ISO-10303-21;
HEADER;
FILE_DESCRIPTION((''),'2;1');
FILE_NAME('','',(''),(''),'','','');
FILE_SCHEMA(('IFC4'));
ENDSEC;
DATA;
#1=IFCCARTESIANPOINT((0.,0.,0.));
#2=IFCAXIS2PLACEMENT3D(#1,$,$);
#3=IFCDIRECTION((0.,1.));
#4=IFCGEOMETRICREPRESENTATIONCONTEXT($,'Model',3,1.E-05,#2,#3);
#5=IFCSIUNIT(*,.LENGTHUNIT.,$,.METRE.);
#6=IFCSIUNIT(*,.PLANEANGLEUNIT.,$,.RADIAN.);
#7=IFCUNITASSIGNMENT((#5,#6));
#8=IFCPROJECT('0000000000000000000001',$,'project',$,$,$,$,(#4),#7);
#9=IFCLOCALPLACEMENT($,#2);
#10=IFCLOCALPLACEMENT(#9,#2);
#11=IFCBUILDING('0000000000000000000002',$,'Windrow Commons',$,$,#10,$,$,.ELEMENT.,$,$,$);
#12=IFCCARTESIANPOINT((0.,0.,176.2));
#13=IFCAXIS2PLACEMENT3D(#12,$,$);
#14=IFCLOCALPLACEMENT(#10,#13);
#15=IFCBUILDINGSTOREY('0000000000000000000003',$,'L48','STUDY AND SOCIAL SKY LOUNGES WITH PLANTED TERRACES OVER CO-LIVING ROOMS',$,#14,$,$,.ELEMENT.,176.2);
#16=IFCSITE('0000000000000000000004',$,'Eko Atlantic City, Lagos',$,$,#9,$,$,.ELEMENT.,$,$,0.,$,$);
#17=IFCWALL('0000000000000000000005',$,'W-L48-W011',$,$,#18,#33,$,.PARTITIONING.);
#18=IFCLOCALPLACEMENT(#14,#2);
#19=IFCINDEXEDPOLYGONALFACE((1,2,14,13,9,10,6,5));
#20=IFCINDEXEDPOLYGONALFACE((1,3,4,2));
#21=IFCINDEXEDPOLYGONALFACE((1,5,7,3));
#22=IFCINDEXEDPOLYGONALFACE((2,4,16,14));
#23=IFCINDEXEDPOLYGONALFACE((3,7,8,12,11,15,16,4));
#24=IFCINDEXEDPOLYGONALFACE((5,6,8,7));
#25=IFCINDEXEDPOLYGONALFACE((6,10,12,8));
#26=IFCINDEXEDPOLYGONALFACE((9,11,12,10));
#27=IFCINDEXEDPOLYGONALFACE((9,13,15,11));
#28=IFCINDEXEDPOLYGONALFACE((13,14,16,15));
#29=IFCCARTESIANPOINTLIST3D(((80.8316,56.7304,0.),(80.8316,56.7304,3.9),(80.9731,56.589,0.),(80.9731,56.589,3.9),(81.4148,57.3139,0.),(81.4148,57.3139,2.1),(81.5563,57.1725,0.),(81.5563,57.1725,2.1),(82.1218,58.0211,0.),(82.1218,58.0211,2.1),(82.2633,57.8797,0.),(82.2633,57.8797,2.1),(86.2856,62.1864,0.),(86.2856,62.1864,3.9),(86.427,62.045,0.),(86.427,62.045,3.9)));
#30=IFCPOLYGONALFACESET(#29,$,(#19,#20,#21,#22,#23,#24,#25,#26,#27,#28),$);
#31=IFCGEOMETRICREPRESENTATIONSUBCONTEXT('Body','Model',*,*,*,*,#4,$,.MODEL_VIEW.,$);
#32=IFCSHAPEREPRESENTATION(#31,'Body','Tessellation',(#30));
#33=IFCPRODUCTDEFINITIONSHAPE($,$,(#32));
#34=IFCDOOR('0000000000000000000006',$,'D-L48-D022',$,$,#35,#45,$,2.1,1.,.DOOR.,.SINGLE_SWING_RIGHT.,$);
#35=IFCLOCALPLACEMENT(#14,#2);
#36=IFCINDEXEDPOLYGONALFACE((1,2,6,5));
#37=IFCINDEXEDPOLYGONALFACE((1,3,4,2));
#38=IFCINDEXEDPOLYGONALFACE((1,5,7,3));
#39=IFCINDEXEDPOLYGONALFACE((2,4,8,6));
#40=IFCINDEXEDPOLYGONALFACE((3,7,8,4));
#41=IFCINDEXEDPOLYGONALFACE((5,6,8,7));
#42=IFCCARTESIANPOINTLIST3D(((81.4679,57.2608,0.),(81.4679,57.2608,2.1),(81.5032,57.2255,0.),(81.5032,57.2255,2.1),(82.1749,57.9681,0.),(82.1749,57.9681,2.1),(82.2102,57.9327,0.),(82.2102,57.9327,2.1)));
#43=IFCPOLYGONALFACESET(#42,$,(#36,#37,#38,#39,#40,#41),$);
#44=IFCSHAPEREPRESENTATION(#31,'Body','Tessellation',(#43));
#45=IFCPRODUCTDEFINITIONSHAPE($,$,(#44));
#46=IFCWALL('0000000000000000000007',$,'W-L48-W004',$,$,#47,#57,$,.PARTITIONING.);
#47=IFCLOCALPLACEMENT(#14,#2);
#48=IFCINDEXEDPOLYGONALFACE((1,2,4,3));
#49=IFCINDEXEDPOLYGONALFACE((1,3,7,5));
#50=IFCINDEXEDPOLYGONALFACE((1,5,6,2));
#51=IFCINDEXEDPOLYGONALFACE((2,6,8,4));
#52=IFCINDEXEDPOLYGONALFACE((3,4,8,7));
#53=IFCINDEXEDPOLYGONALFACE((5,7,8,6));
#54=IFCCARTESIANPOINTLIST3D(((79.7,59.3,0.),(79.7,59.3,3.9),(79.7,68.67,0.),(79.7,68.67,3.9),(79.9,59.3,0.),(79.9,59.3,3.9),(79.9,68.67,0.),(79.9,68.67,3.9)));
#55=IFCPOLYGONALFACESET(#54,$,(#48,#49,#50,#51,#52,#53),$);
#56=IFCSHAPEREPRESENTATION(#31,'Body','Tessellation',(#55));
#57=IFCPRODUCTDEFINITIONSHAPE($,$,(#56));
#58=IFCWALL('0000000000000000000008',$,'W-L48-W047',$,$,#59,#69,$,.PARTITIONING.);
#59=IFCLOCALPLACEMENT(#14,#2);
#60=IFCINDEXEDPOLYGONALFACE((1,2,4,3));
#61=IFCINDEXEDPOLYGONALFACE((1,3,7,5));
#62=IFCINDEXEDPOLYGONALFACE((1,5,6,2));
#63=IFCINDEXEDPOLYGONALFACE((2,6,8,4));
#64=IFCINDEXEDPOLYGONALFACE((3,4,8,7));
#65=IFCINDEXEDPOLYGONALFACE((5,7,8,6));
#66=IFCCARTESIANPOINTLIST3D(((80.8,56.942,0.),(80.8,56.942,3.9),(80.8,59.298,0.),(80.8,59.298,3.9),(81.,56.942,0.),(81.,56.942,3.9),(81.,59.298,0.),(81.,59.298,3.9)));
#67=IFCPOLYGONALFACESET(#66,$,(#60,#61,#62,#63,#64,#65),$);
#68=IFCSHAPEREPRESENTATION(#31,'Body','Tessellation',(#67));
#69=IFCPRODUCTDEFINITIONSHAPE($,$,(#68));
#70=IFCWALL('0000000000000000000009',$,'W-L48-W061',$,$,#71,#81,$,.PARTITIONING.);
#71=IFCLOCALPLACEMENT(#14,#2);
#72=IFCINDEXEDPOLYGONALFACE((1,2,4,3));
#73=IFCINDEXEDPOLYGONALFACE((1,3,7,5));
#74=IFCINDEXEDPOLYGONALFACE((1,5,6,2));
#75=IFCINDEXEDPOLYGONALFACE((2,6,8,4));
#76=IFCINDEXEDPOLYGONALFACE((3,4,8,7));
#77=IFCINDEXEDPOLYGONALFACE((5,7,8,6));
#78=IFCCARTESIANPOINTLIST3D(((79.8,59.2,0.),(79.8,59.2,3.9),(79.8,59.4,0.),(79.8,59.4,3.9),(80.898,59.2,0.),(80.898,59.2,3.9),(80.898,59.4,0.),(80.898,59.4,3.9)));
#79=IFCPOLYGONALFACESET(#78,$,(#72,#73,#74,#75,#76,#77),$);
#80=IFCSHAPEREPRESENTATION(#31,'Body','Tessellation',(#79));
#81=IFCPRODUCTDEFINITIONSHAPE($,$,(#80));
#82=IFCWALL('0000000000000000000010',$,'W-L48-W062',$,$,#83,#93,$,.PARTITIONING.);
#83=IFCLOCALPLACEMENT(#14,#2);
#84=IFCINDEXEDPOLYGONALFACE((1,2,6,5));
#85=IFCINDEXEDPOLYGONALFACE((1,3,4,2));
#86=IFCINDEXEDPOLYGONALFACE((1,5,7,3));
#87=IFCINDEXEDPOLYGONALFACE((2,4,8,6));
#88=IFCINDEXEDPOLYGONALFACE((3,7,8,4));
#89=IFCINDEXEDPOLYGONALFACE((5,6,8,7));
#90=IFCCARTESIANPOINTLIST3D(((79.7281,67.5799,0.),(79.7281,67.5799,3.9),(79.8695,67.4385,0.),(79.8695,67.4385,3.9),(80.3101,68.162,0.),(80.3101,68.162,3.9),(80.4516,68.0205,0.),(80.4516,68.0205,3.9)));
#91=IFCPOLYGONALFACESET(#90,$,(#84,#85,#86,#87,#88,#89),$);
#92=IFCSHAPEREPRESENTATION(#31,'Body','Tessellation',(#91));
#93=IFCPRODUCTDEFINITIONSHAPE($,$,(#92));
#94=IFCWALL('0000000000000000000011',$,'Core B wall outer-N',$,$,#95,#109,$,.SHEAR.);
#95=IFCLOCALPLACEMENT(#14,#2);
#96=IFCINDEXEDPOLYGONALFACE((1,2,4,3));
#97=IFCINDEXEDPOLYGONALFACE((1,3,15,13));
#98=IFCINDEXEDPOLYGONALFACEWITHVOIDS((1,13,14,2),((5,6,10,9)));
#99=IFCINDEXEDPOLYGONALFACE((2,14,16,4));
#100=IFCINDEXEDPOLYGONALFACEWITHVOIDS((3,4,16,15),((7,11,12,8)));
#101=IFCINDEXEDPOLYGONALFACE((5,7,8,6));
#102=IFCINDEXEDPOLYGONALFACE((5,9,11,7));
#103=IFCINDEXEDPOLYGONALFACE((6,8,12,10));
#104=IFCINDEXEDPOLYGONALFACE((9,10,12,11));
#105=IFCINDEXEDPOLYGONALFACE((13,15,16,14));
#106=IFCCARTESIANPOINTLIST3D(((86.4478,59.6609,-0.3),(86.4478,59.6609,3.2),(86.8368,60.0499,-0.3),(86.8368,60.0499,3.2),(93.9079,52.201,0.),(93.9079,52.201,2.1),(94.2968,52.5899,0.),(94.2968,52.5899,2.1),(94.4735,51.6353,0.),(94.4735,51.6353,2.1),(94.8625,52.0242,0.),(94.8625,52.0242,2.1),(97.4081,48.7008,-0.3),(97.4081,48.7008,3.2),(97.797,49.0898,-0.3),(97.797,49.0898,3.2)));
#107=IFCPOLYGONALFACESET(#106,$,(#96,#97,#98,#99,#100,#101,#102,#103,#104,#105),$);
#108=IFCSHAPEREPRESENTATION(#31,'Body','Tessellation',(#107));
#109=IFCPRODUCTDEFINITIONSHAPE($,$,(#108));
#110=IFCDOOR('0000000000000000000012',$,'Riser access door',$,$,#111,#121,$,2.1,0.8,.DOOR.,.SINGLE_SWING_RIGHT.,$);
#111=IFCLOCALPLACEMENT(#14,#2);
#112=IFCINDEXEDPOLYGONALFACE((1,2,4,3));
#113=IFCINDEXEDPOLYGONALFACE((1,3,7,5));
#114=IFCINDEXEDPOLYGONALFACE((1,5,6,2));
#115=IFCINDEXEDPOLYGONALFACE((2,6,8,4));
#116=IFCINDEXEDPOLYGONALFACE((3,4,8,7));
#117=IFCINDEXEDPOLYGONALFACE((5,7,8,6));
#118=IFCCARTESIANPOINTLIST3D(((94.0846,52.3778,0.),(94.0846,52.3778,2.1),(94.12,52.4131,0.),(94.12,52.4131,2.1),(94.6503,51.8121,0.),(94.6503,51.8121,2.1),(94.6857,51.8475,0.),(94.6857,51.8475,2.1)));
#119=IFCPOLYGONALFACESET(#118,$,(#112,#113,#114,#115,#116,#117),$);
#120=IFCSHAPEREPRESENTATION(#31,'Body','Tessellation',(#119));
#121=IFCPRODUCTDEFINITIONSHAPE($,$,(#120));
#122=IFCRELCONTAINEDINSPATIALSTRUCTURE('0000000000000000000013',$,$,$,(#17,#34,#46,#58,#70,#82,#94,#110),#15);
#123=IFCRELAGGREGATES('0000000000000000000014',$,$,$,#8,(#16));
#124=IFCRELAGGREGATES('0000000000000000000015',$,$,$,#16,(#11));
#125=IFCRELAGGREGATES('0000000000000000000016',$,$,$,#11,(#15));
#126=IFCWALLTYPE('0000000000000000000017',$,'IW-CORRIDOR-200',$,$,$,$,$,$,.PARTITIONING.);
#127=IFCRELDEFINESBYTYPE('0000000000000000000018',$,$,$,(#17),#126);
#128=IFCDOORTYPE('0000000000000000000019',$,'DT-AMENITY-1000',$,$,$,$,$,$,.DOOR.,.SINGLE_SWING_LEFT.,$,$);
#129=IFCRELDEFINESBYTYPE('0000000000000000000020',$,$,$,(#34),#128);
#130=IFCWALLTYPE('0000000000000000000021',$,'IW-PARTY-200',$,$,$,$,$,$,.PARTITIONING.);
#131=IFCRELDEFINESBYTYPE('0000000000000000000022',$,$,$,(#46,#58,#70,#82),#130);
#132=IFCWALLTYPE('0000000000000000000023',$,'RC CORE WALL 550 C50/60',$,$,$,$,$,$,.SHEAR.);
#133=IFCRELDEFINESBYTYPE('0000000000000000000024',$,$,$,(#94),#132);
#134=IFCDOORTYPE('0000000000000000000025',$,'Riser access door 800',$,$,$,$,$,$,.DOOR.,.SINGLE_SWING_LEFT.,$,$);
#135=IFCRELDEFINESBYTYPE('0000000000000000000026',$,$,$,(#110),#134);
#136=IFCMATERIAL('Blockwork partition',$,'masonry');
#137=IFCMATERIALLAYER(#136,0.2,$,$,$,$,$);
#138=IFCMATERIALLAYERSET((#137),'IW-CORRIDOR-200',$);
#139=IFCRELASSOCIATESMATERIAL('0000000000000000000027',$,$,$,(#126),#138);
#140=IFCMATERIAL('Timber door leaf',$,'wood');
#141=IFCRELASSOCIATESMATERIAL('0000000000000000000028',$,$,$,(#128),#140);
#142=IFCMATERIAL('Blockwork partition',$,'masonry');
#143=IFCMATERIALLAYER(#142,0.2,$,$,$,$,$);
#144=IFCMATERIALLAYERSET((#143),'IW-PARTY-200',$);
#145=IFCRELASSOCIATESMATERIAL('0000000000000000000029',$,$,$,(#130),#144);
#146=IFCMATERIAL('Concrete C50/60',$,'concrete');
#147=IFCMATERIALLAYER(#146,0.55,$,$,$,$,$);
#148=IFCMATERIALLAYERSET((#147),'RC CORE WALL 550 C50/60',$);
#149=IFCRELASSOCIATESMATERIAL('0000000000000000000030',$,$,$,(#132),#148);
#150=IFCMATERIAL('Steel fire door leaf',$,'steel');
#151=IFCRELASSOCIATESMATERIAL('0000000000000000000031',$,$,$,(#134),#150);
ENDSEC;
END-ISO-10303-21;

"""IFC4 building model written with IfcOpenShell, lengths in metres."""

from ifc_helpers import new_model, si_unit, direction, frame, frame_2d, origin, place, context, subcontext, project, spatial, rectangle, extrude, material, layer, layer_set, type_object, element, fill, save


model = new_model("IFC4")

# Units and contexts
model_context = context("Model", 3, precision=1e-05, world=origin(), true_north=direction((0.0, 1.0)))
body_context = subcontext(model_context, "Body", "Model", "MODEL_VIEW")
ifc_project = project(units=[si_unit("LENGTHUNIT", "METRE"), si_unit("PLANEANGLEUNIT", "RADIAN")], contexts=[model_context])

# Site, building, storey
site_placement = place(None, origin())
site = spatial("IfcSite", under=ifc_project, at=site_placement, Name="Eko Atlantic City, Lagos", CompositionType="ELEMENT", RefElevation=0.0)
building_placement = place(site_placement, origin())
building = spatial("IfcBuilding", under=site, at=building_placement, Name="Windrow Commons", CompositionType="ELEMENT")
storey_placement = place(building_placement, frame((0.0, 0.0, 176.2)))
storey = spatial("IfcBuildingStorey", under=building, at=storey_placement, Name="L48", Description="STUDY AND SOCIAL SKY LOUNGES WITH PLANTED TERRACES OVER CO-LIVING ROOMS", CompositionType="ELEMENT", Elevation=176.2)

# Wall, opening, door
ifc_material_1 = material(Name="Blockwork partition", Category="masonry")
ifc_layer_1 = layer(ifc_material_1, 0.2)
ifc_layer_set_1 = layer_set([ifc_layer_1], Name="IW-CORRIDOR-200")
wall_type_1 = type_object("IfcWallType", Name="IW-CORRIDOR-200", PredefinedType="PARTITIONING", material=ifc_layer_set_1)
wall_1_placement = place(storey_placement, frame((80.9023, 56.6597, 0.0), z_axis=(0.0, 0.0, 1.0), x_axis=(0.706977, 0.707236, 0.0)))
wall_1 = element("IfcWall", 1, at=wall_1_placement, inside=storey, type_object=wall_type_1, Name="W-L48-W011", PredefinedType="PARTITIONING", context=body_context, shape_type="SweptSolid", body=[
    extrude(rectangle(XDim=7.7145, YDim=0.2, at=frame_2d((3.8573, 0.0))), origin(), (0.0, 0.0, 1.0), 3.9),
])
opening_1_placement = place(wall_1_placement, frame((0.825, 0.0, 0.0)))
opening_1 = element("IfcOpeningElement", 2, at=opening_1_placement, cuts=wall_1, PredefinedType="OPENING", context=body_context, shape_type="SweptSolid", body=[
    extrude(rectangle(XDim=1.0, YDim=2.1, at=frame_2d((0.5, 1.05))), frame((0.0, 0.11, 0.0), z_axis=(0.0, -1.0, 0.0), x_axis=(1.0, 0.0, 0.0)), (0.0, 0.0, 1.0), 0.22),
])
ifc_material_2 = material(Name="Timber door leaf", Category="wood")
door_type_1 = type_object("IfcDoorType", Name="DT-AMENITY-1000", OperationType="SINGLE_SWING_LEFT", PredefinedType="DOOR", material=ifc_material_2)
door_1_placement = place(opening_1_placement, origin())
door_1 = element("IfcDoor", 3, at=door_1_placement, inside=storey, type_object=door_type_1, Name="D-L48-D022", OperationType="SINGLE_SWING_RIGHT", OverallHeight=2.1, OverallWidth=1.0, PredefinedType="DOOR", context=body_context, shape_type="SweptSolid", body=[
    extrude(rectangle(XDim=1.0, YDim=2.1, at=frame_2d((0.5, 1.05))), frame((0.0, 0.025, 0.0), z_axis=(0.0, -1.0, 0.0), x_axis=(1.0, 0.0, 0.0)), (0.0, 0.0, 1.0), 0.05),
])
fill(opening_1, door_1)

# Walls
ifc_material_3 = material(Name="Blockwork partition", Category="masonry")
ifc_layer_2 = layer(ifc_material_3, 0.2)
ifc_layer_set_2 = layer_set([ifc_layer_2], Name="IW-PARTY-200")
wall_type_2 = type_object("IfcWallType", Name="IW-PARTY-200", PredefinedType="PARTITIONING", material=ifc_layer_set_2)
wall_2_placement = place(storey_placement, frame((79.8, 59.3, 0.0), z_axis=(0.0, 0.0, 1.0), x_axis=(0.0, 1.0, 0.0)))
element("IfcWall", 4, at=wall_2_placement, inside=storey, type_object=wall_type_2, Name="W-L48-W004", PredefinedType="PARTITIONING", context=body_context, shape_type="SweptSolid", body=[
    extrude(rectangle(XDim=9.37, YDim=0.2, at=frame_2d((4.685, 0.0))), origin(), (0.0, 0.0, 1.0), 3.9),
])
wall_3_placement = place(storey_placement, frame((80.9, 56.942, 0.0), z_axis=(0.0, 0.0, 1.0), x_axis=(0.0, 1.0, 0.0)))
element("IfcWall", 5, at=wall_3_placement, inside=storey, type_object=wall_type_2, Name="W-L48-W047", PredefinedType="PARTITIONING", context=body_context, shape_type="SweptSolid", body=[
    extrude(rectangle(XDim=2.356, YDim=0.2, at=frame_2d((1.178, 0.0))), origin(), (0.0, 0.0, 1.0), 3.9),
])
wall_4_placement = place(storey_placement, frame((79.8, 59.3, 0.0), z_axis=(0.0, 0.0, 1.0), x_axis=(1.0, 0.0, 0.0)))
element("IfcWall", 6, at=wall_4_placement, inside=storey, type_object=wall_type_2, Name="W-L48-W061", PredefinedType="PARTITIONING", context=body_context, shape_type="SweptSolid", body=[
    extrude(rectangle(XDim=1.098, YDim=0.2, at=frame_2d((0.549, 0.0))), origin(), (0.0, 0.0, 1.0), 3.9),
])
wall_5_placement = place(storey_placement, frame((79.7988, 67.5092, 0.0), z_axis=(0.0, 0.0, 1.0), x_axis=(0.707107, 0.707107, 0.0)))
element("IfcWall", 7, at=wall_5_placement, inside=storey, type_object=wall_type_2, Name="W-L48-W062", PredefinedType="PARTITIONING", context=body_context, shape_type="SweptSolid", body=[
    extrude(rectangle(XDim=0.8231, YDim=0.2, at=frame_2d((0.4116, 0.0))), origin(), (0.0, 0.0, 1.0), 3.9),
])

# Wall, opening, door
ifc_material_4 = material(Name="Concrete C50/60", Category="concrete")
ifc_layer_3 = layer(ifc_material_4, 0.55)
ifc_layer_set_3 = layer_set([ifc_layer_3], Name="RC CORE WALL 550 C50/60")
wall_type_3 = type_object("IfcWallType", Name="RC CORE WALL 550 C50/60", PredefinedType="SHEAR", material=ifc_layer_set_3)
wall_6_placement = place(storey_placement, frame((86.6423, 59.8554, -0.3), z_axis=(0.0, 0.0, 1.0), x_axis=(0.70711, -0.707104, 0.0)))
wall_6 = element("IfcWall", 8, at=wall_6_placement, inside=storey, type_object=wall_type_3, Name="Core B wall outer-N", PredefinedType="SHEAR", context=body_context, shape_type="SweptSolid", body=[
    extrude(rectangle(XDim=15.5, YDim=0.55, at=frame_2d((7.75, 0.0))), origin(), (0.0, 0.0, 1.0), 3.5),
])
opening_2_placement = place(wall_6_placement, frame((10.55, 0.0, 0.3)))
opening_2 = element("IfcOpeningElement", 9, at=opening_2_placement, cuts=wall_6, PredefinedType="OPENING", context=body_context, shape_type="SweptSolid", body=[
    extrude(rectangle(XDim=0.8, YDim=2.1, at=frame_2d((0.4, 1.05))), frame((0.0, 0.285, 0.0), z_axis=(0.0, -1.0, 0.0), x_axis=(1.0, 0.0, 0.0)), (0.0, 0.0, 1.0), 0.57),
])
ifc_material_5 = material(Name="Steel fire door leaf", Category="steel")
door_type_2 = type_object("IfcDoorType", Name="Riser access door 800", OperationType="SINGLE_SWING_LEFT", PredefinedType="DOOR", material=ifc_material_5)
door_2_placement = place(opening_2_placement, origin())
door_2 = element("IfcDoor", 10, at=door_2_placement, inside=storey, type_object=door_type_2, Name="Riser access door", OperationType="SINGLE_SWING_RIGHT", OverallHeight=2.1, OverallWidth=0.8, PredefinedType="DOOR", context=body_context, shape_type="SweptSolid", body=[
    extrude(rectangle(XDim=0.8, YDim=2.1, at=frame_2d((0.4, 1.05))), frame((0.0, 0.025, 0.0), z_axis=(0.0, -1.0, 0.0), x_axis=(1.0, 0.0, 0.0)), (0.0, 0.0, 1.0), 0.05),
])
fill(opening_2, door_2)

save(model, "model.ifc")
